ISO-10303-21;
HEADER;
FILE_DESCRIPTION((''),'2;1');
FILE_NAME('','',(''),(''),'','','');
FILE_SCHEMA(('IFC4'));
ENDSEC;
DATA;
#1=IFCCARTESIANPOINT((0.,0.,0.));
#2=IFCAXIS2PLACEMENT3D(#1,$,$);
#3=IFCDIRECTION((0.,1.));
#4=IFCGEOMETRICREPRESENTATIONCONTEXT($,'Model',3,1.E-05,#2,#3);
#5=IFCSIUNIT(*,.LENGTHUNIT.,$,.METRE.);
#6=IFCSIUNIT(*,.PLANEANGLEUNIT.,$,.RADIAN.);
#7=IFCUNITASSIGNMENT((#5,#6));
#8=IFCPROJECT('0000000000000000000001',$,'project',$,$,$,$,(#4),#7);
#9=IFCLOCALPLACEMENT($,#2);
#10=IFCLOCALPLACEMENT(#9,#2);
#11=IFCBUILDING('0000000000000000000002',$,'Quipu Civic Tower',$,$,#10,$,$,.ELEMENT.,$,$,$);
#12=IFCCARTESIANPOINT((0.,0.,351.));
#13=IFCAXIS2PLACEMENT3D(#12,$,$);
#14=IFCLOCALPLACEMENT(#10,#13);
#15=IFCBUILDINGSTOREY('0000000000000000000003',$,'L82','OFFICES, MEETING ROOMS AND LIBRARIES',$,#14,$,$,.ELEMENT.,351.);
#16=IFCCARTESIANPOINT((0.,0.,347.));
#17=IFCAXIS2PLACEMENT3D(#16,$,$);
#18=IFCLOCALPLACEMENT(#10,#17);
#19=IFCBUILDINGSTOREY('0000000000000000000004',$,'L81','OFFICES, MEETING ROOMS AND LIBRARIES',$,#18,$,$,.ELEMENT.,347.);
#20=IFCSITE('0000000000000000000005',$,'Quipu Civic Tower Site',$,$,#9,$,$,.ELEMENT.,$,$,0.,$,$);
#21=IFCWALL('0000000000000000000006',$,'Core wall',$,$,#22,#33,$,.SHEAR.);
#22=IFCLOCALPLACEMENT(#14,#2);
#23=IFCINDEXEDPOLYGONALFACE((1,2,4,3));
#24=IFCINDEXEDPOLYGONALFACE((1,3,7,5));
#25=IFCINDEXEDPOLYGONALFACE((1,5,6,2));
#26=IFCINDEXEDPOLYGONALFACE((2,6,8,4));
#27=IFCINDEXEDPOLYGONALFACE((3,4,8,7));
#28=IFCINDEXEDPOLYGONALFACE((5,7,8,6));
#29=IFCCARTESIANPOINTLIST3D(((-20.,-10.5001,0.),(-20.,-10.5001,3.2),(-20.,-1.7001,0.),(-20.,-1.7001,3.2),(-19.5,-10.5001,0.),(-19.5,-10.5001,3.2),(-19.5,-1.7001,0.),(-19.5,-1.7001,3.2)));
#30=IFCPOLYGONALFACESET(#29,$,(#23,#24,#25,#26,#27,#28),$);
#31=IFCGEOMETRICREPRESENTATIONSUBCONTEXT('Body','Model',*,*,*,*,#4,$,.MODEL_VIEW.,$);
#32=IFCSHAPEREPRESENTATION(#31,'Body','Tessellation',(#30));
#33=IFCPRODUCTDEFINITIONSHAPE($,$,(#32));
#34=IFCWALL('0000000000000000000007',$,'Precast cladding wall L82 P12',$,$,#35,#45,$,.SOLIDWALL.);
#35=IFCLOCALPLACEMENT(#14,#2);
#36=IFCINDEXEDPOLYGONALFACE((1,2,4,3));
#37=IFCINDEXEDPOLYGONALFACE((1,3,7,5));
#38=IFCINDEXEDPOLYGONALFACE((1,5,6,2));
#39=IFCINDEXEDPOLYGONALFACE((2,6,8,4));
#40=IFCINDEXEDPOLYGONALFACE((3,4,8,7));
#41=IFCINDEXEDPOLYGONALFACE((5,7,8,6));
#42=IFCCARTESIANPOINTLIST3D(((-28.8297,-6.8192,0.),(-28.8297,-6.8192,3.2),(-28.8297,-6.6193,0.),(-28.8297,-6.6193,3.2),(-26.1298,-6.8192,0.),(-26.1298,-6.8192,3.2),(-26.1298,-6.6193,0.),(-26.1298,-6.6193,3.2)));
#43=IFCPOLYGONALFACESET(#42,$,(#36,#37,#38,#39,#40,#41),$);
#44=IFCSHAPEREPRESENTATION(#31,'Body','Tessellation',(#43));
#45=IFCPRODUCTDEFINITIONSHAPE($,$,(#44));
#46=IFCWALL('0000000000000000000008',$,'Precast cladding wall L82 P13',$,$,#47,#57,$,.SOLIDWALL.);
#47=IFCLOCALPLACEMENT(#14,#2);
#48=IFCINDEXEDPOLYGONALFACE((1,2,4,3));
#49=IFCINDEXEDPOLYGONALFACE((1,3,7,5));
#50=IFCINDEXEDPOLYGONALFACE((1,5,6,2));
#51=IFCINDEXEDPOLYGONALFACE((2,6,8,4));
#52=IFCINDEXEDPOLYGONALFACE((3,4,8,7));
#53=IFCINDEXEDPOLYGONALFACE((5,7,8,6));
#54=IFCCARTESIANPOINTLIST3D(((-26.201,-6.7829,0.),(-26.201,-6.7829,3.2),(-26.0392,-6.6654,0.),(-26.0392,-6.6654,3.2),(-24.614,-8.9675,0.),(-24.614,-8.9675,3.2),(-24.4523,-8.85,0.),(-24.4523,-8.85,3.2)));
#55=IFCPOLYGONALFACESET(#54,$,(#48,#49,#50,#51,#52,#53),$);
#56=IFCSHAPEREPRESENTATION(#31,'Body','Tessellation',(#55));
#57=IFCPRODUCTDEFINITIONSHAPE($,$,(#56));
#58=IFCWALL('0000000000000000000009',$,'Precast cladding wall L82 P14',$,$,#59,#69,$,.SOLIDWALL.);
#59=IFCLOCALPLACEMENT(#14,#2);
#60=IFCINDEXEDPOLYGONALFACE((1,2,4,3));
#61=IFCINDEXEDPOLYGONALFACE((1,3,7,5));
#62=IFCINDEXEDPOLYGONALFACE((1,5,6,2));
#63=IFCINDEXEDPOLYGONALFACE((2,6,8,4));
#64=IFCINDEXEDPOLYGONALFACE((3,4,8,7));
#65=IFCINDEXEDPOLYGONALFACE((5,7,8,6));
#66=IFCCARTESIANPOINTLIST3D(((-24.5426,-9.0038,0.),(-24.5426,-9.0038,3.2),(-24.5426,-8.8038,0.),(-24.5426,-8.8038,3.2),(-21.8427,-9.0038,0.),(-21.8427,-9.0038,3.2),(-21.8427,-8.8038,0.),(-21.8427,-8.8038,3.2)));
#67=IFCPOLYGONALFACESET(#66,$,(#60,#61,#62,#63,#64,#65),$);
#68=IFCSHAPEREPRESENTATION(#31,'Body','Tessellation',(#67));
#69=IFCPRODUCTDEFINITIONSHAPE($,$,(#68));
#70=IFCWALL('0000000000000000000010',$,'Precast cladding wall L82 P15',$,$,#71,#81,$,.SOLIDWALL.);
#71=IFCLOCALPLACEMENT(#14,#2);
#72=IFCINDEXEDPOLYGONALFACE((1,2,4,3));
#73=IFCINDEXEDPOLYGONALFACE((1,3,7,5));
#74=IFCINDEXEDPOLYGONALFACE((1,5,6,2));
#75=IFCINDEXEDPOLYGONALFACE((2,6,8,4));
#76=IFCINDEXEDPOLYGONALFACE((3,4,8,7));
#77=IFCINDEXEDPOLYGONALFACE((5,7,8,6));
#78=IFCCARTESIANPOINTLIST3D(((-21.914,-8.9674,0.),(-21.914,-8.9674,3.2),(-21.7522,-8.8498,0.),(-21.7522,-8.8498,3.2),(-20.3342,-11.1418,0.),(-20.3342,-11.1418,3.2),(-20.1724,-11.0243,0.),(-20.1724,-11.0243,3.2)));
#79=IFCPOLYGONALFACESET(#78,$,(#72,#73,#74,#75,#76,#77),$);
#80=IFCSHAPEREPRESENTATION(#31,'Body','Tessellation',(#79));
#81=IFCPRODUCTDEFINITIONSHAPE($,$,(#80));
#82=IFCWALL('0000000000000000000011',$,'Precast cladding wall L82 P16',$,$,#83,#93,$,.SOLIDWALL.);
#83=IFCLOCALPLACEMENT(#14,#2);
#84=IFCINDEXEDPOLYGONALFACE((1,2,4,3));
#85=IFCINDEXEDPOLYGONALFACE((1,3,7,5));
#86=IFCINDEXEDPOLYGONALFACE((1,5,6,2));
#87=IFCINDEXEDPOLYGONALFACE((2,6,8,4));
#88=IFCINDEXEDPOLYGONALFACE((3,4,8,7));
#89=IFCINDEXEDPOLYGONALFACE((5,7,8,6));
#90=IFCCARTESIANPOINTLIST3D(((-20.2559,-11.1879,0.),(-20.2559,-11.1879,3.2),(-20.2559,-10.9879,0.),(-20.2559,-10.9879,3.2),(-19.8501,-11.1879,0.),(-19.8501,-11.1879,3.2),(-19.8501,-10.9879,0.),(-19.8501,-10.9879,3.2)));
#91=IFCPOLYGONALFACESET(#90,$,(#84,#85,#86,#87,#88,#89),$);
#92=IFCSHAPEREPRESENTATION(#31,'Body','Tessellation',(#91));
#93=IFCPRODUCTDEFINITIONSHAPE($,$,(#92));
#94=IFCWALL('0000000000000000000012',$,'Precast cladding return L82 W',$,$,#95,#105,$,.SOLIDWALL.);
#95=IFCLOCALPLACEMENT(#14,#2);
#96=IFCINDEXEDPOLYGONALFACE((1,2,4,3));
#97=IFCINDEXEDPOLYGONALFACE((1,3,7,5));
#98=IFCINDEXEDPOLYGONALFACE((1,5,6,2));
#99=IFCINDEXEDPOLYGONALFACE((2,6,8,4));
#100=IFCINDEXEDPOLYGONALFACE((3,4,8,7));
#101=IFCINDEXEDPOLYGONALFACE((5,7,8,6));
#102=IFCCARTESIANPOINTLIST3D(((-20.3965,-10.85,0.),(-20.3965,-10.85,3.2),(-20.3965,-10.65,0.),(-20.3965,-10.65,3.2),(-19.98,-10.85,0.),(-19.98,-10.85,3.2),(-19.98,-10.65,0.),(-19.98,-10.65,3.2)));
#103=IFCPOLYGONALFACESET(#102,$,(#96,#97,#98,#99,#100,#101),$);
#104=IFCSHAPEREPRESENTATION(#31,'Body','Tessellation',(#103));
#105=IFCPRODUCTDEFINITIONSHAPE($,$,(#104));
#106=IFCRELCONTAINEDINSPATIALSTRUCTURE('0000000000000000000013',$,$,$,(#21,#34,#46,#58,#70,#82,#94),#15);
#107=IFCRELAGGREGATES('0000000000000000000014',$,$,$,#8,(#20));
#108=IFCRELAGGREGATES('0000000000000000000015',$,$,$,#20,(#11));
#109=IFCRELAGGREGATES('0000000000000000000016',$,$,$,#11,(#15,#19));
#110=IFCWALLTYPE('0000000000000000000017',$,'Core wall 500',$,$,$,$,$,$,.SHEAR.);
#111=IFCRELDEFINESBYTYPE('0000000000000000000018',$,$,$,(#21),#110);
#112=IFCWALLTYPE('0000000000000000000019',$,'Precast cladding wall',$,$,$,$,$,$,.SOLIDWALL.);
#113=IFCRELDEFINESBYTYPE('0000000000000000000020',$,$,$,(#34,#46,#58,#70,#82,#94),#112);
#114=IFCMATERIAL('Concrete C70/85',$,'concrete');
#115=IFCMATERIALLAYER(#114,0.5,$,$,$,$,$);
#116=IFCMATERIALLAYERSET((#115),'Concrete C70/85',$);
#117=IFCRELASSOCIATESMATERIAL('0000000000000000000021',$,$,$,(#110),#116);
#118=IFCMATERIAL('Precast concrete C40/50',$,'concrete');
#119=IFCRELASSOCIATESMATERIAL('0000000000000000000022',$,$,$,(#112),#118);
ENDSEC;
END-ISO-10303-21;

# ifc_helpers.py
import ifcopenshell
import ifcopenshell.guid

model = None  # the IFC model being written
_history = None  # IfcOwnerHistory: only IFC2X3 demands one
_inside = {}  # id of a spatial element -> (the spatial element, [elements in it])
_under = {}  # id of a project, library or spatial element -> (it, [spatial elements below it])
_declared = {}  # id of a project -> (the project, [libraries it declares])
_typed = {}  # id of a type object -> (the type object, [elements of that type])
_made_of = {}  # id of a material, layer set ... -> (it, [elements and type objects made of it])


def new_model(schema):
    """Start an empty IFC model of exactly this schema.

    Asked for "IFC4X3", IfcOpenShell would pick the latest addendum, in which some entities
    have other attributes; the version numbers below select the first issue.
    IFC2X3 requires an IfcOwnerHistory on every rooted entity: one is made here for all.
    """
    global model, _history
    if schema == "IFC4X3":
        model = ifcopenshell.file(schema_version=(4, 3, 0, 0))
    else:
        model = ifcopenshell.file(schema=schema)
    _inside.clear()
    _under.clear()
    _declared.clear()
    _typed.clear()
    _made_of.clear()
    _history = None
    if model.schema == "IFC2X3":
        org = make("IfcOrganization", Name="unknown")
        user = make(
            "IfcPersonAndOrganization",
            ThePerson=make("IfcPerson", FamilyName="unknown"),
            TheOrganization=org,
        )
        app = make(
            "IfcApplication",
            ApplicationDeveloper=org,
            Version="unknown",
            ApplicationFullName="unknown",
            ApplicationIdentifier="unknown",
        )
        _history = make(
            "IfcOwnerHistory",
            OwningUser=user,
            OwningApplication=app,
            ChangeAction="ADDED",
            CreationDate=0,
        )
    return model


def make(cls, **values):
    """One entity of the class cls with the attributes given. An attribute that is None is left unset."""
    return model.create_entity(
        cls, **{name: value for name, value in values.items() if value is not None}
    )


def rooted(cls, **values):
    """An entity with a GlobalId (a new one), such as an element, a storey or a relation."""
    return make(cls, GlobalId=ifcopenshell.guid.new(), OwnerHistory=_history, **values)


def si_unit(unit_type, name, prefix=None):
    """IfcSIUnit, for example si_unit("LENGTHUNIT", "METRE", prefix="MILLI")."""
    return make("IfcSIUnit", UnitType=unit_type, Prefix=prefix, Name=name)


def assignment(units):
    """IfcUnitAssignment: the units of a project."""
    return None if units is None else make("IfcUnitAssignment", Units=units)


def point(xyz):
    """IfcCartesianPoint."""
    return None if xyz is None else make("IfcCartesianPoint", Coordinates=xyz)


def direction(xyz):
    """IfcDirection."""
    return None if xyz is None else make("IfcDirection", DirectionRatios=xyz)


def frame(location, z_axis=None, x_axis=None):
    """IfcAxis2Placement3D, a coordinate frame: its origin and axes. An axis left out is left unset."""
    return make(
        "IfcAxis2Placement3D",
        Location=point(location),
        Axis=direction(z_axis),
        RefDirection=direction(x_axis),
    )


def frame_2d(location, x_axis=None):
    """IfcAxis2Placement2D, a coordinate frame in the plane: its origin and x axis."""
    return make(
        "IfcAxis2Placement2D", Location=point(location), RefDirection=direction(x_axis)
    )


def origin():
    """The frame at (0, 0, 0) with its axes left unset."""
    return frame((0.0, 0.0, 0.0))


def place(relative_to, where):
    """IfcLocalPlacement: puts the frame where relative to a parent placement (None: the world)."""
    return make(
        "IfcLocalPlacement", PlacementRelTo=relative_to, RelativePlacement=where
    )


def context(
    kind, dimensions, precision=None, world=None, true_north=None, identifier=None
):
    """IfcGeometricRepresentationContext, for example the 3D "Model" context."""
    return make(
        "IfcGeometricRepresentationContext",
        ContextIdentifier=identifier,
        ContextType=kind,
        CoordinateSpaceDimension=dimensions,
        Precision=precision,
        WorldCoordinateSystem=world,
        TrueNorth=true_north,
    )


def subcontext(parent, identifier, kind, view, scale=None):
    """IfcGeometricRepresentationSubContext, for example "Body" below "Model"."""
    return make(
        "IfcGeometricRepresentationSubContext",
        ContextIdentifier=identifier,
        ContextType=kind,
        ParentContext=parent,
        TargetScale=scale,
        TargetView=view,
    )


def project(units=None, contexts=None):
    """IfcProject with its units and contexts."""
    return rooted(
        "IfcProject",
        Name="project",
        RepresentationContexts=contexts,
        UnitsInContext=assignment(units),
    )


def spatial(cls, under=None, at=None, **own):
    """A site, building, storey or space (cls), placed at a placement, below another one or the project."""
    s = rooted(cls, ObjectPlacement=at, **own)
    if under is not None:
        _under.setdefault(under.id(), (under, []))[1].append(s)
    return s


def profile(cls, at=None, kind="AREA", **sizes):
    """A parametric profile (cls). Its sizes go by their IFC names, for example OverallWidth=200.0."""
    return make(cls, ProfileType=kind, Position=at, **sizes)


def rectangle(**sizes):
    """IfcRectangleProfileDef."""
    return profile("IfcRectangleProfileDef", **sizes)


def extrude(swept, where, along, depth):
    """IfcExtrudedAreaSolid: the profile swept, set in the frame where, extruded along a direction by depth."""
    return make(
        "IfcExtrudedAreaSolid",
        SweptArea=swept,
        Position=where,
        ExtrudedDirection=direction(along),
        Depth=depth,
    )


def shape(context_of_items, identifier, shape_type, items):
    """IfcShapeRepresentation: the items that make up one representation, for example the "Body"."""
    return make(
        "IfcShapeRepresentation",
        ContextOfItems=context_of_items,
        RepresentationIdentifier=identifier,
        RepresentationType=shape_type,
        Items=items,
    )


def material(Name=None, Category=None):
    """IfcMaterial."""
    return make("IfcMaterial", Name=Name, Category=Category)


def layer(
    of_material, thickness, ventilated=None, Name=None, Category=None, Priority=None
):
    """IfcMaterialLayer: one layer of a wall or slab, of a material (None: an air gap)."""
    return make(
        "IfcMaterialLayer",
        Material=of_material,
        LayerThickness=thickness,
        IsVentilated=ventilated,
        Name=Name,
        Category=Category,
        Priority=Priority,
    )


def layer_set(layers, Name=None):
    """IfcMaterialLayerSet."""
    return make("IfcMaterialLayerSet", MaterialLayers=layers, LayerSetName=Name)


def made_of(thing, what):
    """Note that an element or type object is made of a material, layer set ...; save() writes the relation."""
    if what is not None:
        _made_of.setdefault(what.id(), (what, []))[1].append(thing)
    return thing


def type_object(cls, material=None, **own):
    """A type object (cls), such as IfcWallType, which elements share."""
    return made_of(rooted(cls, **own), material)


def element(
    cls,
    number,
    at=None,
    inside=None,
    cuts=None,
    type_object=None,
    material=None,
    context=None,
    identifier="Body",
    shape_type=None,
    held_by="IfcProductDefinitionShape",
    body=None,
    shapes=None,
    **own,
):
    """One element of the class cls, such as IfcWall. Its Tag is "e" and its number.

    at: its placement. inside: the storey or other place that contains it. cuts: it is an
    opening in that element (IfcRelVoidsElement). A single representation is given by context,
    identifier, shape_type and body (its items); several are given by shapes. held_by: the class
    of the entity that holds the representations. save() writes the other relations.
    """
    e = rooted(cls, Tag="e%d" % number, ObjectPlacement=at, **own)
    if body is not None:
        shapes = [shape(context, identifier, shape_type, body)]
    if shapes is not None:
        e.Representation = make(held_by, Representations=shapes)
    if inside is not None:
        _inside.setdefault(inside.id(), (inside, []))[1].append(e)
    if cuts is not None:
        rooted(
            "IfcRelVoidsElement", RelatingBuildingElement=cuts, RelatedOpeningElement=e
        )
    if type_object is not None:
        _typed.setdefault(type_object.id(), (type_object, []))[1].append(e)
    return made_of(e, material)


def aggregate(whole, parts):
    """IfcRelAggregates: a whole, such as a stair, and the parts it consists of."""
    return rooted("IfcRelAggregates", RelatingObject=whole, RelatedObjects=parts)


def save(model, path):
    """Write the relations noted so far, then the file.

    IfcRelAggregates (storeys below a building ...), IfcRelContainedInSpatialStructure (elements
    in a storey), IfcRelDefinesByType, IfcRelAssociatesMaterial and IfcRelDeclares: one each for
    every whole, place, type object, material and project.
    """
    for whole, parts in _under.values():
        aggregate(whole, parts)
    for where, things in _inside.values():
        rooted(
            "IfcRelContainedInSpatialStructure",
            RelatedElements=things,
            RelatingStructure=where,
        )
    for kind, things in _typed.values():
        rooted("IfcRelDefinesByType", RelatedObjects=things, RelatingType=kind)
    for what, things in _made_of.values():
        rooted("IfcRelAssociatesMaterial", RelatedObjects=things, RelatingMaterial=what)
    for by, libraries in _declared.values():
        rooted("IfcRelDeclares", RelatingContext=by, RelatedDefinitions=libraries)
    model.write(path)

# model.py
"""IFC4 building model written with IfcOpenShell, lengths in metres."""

from ifc_helpers import new_model, si_unit, direction, frame, frame_2d, origin, place, context, subcontext, project, spatial, rectangle, extrude, material, layer, layer_set, type_object, element, save


model = new_model("IFC4")

# Units and contexts
model_context = context("Model", 3, precision=1e-05, world=origin(), true_north=direction((0.0, 1.0)))
body_context = subcontext(model_context, "Body", "Model", "MODEL_VIEW")
ifc_project = project(units=[si_unit("LENGTHUNIT", "METRE"), si_unit("PLANEANGLEUNIT", "RADIAN")], contexts=[model_context])

# Site, building, storey
site_placement = place(None, origin())
site = spatial("IfcSite", under=ifc_project, at=site_placement, Name="Quipu Civic Tower Site", CompositionType="ELEMENT", RefElevation=0.0)
building_placement = place(site_placement, origin())
building = spatial("IfcBuilding", under=site, at=building_placement, Name="Quipu Civic Tower", CompositionType="ELEMENT")
storey_1_placement = place(building_placement, frame((0.0, 0.0, 351.0)))
storey_1 = spatial("IfcBuildingStorey", under=building, at=storey_1_placement, Name="L82", Description="OFFICES, MEETING ROOMS AND LIBRARIES", CompositionType="ELEMENT", Elevation=351.0)

# Shared definitions
storey_2_placement = place(building_placement, frame((0.0, 0.0, 347.0)))
storey_2 = spatial("IfcBuildingStorey", under=building, at=storey_2_placement, Name="L81", Description="OFFICES, MEETING ROOMS AND LIBRARIES", CompositionType="ELEMENT", Elevation=347.0)

# Shared definitions
ifc_material_1 = material(Name="Concrete C70/85", Category="concrete")
ifc_layer_1 = layer(ifc_material_1, 0.5)
ifc_layer_set_1 = layer_set([ifc_layer_1], Name="Concrete C70/85")
wall_type_1 = type_object("IfcWallType", Name="Core wall 500", PredefinedType="SHEAR", material=ifc_layer_set_1)

# Walls
wall_1_placement = place(storey_1_placement, frame((-19.75, -10.5, 0.0), z_axis=(0.0, 0.0, 1.0), x_axis=(0.0, 1.0, 0.0)))
element("IfcWall", 1, at=wall_1_placement, inside=storey_1, type_object=wall_type_1, Name="Core wall", PredefinedType="SHEAR", context=body_context, shape_type="SweptSolid", body=[
    extrude(rectangle(XDim=8.8, YDim=0.5, at=frame_2d((4.3999, 0.0))), origin(), (0.0, 0.0, 1.0), 3.2),
])
ifc_material_2 = material(Name="Precast concrete C40/50", Category="concrete")
wall_type_2 = type_object("IfcWallType", Name="Precast cladding wall", PredefinedType="SOLIDWALL", material=ifc_material_2)
wall_2_placement = place(storey_1_placement, frame((-28.8298, -6.7192, 0.0), z_axis=(0.0, 0.0, 1.0), x_axis=(1.0, 0.0, 0.0)))
element("IfcWall", 2, at=wall_2_placement, inside=storey_1, type_object=wall_type_2, Name="Precast cladding wall L82 P12", PredefinedType="SOLIDWALL", context=body_context, shape_type="SweptSolid", body=[
    extrude(rectangle(XDim=2.7, YDim=0.2, at=frame_2d((1.3501, 0.0))), origin(), (0.0, 0.0, 1.0), 3.2),
])
wall_3_placement = place(storey_1_placement, frame((-26.1201, -6.7241, 0.0), z_axis=(0.0, 0.0, 1.0), x_axis=(0.58772, -0.809064, 0.0)))
element("IfcWall", 3, at=wall_3_placement, inside=storey_1, type_object=wall_type_2, Name="Precast cladding wall L82 P13", PredefinedType="SOLIDWALL", context=body_context, shape_type="SweptSolid", body=[
    extrude(rectangle(XDim=2.7002, YDim=0.2, at=frame_2d((1.3501, 0.0))), origin(), (0.0, 0.0, 1.0), 3.2),
])
wall_4_placement = place(storey_1_placement, frame((-24.5427, -8.9038, 0.0), z_axis=(0.0, 0.0, 1.0), x_axis=(1.0, 0.0, 0.0)))
element("IfcWall", 4, at=wall_4_placement, inside=storey_1, type_object=wall_type_2, Name="Precast cladding wall L82 P14", PredefinedType="SOLIDWALL", context=body_context, shape_type="SweptSolid", body=[
    extrude(rectangle(XDim=2.7, YDim=0.2, at=frame_2d((1.3501, 0.0))), origin(), (0.0, 0.0, 1.0), 3.2),
])
wall_5_placement = place(storey_1_placement, frame((-21.833, -8.9087, 0.0), z_axis=(0.0, 0.0, 1.0), x_axis=(0.587767, -0.809031, 0.0)))
element("IfcWall", 5, at=wall_5_placement, inside=storey_1, type_object=wall_type_2, Name="Precast cladding wall L82 P15", PredefinedType="SOLIDWALL", context=body_context, shape_type="SweptSolid", body=[
    extrude(rectangle(XDim=2.6877, YDim=0.2, at=frame_2d((1.3438, 0.0))), origin(), (0.0, 0.0, 1.0), 3.2),
])
wall_6_placement = place(storey_1_placement, frame((-20.2559, -11.0879, 0.0), z_axis=(0.0, 0.0, 1.0), x_axis=(1.0, 0.0, 0.0)))
element("IfcWall", 6, at=wall_6_placement, inside=storey_1, type_object=wall_type_2, Name="Precast cladding wall L82 P16", PredefinedType="SOLIDWALL", context=body_context, shape_type="SweptSolid", body=[
    extrude(rectangle(XDim=0.4058, YDim=0.2, at=frame_2d((0.2029, 0.0))), origin(), (0.0, 0.0, 1.0), 3.2),
])
wall_7_placement = place(storey_1_placement, frame((-19.98, -10.75, 0.0), z_axis=(0.0, 0.0, 1.0), x_axis=(-1.0, 0.0, 0.0)))
element("IfcWall", 7, at=wall_7_placement, inside=storey_1, type_object=wall_type_2, Name="Precast cladding return L82 W", PredefinedType="SOLIDWALL", context=body_context, shape_type="SweptSolid", body=[
    extrude(rectangle(XDim=0.4165, YDim=0.2, at=frame_2d((0.2083, 0.0))), origin(), (0.0, 0.0, 1.0), 3.2),
])

save(model, "model.ifc")
